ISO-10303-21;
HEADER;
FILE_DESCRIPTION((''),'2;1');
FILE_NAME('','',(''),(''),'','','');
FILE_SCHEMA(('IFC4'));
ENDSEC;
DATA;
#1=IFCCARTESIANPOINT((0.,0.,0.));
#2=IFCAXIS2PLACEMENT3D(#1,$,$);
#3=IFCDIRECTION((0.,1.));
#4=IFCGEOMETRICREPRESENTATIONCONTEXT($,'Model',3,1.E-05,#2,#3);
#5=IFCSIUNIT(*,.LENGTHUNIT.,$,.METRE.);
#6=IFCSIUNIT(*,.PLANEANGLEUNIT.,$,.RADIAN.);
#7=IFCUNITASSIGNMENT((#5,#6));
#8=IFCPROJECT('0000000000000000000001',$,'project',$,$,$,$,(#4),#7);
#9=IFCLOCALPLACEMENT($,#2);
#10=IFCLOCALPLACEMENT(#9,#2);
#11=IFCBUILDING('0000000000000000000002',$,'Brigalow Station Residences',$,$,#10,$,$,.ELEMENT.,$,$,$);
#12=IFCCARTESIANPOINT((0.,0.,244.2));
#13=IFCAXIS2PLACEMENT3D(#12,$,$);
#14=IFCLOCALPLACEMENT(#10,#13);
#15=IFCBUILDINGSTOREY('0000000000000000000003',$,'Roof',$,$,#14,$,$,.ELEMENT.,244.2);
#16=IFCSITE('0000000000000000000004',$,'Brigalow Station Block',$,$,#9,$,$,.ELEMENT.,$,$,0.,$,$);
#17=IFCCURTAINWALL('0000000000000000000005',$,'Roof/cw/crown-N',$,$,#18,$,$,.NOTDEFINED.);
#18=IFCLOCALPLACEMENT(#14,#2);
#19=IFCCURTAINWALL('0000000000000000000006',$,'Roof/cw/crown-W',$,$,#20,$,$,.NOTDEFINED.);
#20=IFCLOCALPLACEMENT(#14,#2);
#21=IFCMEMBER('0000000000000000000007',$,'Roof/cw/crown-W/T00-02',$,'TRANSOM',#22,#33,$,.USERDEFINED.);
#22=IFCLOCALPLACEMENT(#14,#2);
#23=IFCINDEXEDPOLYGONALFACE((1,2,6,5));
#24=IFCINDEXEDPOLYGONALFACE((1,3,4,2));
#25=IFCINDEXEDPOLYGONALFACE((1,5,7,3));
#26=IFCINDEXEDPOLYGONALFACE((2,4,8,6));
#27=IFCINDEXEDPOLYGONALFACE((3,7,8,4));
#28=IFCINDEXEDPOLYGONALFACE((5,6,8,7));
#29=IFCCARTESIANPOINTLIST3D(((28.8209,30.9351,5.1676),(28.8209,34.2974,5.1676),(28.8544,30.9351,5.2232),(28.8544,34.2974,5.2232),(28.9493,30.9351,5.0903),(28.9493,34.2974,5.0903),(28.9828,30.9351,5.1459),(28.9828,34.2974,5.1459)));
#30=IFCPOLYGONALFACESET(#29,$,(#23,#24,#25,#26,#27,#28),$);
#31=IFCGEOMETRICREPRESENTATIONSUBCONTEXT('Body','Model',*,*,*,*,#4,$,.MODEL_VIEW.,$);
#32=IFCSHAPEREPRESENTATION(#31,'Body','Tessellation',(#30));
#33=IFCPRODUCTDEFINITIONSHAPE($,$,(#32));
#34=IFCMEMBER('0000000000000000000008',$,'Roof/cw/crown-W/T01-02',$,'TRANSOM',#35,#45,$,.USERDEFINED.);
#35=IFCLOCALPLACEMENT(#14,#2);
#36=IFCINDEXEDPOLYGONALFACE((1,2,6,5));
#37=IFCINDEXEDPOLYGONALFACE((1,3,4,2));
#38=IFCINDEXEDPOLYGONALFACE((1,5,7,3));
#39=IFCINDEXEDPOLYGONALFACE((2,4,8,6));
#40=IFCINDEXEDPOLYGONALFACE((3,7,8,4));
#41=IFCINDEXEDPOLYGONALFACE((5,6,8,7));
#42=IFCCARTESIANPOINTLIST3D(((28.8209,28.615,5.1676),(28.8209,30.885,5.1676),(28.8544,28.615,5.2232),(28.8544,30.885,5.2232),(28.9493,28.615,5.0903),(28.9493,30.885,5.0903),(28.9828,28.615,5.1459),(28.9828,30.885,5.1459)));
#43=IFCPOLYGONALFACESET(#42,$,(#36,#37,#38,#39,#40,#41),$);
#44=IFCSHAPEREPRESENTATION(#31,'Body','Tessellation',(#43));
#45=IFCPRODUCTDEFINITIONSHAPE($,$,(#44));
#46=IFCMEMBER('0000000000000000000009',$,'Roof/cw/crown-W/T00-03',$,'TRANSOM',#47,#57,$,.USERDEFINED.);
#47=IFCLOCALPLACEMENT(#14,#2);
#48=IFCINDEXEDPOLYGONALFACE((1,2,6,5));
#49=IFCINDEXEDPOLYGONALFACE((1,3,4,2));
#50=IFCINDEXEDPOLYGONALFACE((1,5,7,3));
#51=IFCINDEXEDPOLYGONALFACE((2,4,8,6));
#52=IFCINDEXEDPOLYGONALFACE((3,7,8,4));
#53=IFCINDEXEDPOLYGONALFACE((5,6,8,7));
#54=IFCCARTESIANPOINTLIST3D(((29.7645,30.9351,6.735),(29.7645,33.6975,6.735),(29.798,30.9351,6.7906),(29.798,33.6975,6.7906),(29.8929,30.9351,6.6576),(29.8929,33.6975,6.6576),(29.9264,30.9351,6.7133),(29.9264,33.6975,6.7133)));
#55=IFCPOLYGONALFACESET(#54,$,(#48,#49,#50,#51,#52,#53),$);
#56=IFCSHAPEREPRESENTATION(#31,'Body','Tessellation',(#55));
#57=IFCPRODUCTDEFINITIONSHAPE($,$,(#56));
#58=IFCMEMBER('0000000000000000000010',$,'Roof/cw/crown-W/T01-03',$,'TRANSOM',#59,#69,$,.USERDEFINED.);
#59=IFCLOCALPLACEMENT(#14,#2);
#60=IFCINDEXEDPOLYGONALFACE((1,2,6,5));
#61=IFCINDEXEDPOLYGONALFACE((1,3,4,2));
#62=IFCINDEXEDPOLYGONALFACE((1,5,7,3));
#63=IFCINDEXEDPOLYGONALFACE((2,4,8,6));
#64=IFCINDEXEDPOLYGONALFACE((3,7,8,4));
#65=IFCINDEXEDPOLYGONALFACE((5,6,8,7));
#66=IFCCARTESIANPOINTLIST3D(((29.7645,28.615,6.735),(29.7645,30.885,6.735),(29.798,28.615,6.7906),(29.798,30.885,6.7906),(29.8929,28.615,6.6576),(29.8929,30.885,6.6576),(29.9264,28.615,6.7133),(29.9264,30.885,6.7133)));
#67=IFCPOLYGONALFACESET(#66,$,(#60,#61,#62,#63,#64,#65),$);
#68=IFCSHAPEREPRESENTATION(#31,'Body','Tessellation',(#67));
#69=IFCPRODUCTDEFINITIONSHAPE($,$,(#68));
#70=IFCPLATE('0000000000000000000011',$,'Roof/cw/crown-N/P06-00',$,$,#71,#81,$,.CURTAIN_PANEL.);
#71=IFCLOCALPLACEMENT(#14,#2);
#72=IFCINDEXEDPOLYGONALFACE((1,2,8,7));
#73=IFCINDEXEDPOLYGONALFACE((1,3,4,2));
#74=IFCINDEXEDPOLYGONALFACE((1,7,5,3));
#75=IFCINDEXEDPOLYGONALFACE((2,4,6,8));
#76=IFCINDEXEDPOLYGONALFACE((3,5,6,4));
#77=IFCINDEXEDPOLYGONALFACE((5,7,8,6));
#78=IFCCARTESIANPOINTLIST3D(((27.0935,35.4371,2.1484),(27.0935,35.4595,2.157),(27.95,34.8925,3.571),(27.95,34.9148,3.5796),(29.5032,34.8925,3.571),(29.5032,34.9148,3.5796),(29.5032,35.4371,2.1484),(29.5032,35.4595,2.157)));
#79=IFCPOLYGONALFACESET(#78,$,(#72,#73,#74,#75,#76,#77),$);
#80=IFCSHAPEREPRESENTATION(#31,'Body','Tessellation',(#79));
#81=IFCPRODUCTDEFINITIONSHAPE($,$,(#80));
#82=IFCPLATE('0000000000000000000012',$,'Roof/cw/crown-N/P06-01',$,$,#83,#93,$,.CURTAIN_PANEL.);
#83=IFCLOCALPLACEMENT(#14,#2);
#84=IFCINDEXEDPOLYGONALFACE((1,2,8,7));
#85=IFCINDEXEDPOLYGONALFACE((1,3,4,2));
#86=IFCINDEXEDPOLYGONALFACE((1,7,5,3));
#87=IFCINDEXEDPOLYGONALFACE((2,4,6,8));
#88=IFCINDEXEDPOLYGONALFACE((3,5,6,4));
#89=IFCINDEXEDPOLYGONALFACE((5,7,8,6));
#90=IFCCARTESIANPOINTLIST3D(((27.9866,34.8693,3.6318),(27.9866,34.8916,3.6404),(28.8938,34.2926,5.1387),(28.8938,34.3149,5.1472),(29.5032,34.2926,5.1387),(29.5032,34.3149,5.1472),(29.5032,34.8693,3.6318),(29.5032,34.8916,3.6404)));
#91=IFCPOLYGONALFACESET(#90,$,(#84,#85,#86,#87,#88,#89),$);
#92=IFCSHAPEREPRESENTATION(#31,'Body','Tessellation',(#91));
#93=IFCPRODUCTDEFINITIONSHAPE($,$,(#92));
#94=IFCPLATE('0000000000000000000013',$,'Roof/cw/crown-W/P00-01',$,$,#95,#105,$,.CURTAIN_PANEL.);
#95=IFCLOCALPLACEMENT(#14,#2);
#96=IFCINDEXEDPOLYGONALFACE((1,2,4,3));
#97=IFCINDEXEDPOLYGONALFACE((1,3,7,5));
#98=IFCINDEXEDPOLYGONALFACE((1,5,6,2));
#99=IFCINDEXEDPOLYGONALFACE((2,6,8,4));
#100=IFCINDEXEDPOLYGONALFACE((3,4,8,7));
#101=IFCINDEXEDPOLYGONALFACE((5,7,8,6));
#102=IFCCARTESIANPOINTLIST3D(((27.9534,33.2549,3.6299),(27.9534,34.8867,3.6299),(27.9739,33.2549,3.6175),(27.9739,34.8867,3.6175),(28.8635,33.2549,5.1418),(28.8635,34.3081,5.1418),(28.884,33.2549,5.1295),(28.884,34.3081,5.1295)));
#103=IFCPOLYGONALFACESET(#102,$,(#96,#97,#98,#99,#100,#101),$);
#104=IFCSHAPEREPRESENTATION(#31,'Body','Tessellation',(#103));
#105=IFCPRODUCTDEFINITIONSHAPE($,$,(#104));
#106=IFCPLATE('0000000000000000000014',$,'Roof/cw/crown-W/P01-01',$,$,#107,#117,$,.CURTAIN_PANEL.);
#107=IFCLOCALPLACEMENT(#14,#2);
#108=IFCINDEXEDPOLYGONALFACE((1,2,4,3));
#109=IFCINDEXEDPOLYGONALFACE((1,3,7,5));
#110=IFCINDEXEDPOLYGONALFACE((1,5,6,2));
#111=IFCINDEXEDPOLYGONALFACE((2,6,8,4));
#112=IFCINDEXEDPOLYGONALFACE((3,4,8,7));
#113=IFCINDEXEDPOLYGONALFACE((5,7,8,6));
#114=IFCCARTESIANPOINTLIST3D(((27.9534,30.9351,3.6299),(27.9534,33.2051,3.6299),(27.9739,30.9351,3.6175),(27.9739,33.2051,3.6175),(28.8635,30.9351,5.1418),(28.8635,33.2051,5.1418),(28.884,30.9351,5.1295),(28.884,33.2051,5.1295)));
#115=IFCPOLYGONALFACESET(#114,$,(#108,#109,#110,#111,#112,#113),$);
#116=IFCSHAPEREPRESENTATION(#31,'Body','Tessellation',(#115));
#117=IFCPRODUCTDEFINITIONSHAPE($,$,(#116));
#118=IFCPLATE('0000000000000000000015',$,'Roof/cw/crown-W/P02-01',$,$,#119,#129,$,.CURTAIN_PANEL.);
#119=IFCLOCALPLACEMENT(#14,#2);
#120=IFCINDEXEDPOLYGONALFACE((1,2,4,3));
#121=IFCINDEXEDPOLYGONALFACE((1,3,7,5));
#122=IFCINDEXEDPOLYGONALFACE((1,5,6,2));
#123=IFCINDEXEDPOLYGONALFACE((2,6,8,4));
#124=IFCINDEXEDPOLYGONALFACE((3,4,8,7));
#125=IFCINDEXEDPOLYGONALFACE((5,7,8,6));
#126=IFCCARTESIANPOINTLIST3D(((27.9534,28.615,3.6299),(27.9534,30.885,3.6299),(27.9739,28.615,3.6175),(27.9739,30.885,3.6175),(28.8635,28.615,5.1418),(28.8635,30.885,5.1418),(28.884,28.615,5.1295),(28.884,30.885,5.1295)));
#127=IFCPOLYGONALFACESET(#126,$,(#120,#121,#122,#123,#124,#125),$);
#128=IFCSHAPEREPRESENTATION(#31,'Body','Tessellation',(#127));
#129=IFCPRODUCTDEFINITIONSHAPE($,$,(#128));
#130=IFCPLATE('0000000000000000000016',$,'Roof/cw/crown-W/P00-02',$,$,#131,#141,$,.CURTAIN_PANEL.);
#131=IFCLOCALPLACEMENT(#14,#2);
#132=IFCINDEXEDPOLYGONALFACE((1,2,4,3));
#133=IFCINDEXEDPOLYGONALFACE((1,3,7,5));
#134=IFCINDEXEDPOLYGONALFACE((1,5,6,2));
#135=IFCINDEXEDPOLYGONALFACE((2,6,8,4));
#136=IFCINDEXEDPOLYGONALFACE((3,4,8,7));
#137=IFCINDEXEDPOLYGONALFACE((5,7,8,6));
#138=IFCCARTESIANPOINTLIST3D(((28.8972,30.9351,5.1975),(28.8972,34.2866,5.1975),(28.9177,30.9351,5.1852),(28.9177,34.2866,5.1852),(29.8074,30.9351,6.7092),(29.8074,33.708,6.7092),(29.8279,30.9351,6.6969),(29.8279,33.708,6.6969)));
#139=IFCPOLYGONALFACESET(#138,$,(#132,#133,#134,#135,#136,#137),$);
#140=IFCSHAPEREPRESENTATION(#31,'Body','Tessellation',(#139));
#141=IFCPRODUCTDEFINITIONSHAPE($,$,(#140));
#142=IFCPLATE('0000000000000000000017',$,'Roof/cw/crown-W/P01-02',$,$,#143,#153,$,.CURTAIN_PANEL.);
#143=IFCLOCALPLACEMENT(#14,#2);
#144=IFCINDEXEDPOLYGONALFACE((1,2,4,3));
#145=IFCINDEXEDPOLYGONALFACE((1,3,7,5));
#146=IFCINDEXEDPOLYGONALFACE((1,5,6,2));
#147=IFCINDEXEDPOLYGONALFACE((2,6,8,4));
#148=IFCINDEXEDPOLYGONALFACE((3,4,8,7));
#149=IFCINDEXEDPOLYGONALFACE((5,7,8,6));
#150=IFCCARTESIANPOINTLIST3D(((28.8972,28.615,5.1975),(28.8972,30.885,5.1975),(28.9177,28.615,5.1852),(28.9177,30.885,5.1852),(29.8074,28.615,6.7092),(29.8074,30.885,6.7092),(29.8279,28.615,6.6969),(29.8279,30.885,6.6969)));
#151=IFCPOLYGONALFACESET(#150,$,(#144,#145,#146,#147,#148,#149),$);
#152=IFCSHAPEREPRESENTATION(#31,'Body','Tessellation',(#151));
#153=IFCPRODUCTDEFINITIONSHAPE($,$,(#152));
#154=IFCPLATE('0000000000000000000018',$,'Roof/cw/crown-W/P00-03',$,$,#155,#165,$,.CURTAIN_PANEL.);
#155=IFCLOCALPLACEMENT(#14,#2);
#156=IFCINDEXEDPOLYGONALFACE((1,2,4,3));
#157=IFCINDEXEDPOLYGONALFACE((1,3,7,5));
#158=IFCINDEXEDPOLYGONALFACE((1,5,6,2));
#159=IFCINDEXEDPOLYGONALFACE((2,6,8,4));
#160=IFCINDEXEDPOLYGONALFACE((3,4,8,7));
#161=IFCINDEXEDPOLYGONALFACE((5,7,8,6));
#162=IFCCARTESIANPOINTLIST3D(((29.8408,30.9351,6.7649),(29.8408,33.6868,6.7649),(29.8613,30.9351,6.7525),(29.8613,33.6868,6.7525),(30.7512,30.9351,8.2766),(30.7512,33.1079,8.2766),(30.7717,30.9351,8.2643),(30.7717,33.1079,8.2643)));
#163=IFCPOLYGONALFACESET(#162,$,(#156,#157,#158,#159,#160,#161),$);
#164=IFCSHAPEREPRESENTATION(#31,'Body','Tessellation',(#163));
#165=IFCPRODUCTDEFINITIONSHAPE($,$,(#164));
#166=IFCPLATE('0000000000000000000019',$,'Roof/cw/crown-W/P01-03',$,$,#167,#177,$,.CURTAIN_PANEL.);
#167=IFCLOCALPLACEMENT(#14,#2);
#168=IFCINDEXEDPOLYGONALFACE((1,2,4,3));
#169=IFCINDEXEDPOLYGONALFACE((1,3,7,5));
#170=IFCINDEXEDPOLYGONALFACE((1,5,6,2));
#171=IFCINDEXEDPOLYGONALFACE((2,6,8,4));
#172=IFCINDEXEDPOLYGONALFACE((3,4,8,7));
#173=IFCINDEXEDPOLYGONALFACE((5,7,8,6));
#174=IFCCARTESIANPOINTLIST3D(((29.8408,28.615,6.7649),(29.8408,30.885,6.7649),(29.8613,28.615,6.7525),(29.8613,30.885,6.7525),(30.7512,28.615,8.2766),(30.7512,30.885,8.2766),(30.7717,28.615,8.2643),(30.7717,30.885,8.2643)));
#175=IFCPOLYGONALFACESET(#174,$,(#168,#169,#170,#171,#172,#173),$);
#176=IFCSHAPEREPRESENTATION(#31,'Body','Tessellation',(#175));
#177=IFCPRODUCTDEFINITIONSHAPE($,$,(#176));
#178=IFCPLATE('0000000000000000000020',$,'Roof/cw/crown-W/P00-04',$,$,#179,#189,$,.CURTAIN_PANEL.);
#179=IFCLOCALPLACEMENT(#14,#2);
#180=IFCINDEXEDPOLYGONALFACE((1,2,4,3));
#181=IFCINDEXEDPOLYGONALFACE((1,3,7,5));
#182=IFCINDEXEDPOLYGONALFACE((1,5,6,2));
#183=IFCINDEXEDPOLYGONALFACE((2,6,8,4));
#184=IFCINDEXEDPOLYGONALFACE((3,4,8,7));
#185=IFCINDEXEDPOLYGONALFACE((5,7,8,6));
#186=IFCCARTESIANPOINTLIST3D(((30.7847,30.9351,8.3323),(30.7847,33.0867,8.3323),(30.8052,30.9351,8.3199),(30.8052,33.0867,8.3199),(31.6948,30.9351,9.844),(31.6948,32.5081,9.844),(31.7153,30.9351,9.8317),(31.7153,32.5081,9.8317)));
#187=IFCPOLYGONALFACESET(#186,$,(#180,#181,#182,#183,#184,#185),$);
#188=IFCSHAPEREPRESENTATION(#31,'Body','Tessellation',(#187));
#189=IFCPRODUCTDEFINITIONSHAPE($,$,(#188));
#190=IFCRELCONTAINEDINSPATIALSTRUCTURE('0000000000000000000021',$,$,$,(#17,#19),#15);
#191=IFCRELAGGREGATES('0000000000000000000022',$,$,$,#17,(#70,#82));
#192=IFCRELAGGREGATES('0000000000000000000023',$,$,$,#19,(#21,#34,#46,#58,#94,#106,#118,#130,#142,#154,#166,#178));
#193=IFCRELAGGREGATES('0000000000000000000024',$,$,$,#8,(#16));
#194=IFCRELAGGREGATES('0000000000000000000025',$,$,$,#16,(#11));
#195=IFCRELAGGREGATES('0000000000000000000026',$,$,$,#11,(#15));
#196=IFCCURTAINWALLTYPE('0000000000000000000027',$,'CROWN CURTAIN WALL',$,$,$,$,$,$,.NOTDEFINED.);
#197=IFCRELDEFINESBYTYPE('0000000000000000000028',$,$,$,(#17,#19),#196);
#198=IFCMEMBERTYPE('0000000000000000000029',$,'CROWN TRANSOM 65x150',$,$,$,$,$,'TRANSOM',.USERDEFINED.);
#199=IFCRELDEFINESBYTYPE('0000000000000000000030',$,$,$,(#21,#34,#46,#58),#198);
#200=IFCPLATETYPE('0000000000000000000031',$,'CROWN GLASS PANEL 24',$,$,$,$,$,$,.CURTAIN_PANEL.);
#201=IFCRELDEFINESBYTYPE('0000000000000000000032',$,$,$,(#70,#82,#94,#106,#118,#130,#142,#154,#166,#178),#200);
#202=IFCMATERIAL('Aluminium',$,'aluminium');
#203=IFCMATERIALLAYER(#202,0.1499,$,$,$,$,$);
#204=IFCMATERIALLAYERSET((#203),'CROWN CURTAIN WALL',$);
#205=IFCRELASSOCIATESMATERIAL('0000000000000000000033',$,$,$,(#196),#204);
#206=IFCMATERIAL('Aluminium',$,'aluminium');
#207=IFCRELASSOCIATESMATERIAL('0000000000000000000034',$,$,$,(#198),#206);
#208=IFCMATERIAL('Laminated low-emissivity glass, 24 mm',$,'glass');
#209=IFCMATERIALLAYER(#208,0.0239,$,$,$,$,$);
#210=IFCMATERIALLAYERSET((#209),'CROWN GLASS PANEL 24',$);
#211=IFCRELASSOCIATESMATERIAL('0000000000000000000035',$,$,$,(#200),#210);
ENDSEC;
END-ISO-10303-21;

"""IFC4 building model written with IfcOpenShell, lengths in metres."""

from ifc_helpers import new_model, si_unit, direction, frame, origin, origin_2d, place, context, subcontext, project, spatial, polyline, rectangle, outline, extrude, material, layer, layer_set, material_profile, profile_set, type_object, element, aggregate, save


model = new_model("IFC4")

# Units and contexts
model_context = context("Model", 3, precision=1e-05, world=origin(), true_north=direction((0.0, 1.0)))
body_context = subcontext(model_context, "Body", "Model", "MODEL_VIEW")
ifc_project = project(units=[si_unit("LENGTHUNIT", "METRE"), si_unit("PLANEANGLEUNIT", "RADIAN")], contexts=[model_context])

# Site, building, storey
site_placement = place(None, origin())
site = spatial("IfcSite", under=ifc_project, at=site_placement, Name="Brigalow Station Block", CompositionType="ELEMENT", RefElevation=0.0)
building_placement = place(site_placement, origin())
building = spatial("IfcBuilding", under=site, at=building_placement, Name="Brigalow Station Residences", CompositionType="ELEMENT")
storey_placement = place(building_placement, frame((0.0, 0.0, 244.2)))
storey = spatial("IfcBuildingStorey", under=building, at=storey_placement, Name="Roof", CompositionType="ELEMENT", Elevation=244.2)

# Curtain walls, members
ifc_material_1 = material(Name="Aluminium", Category="aluminium")
ifc_layer_1 = layer(ifc_material_1, 0.1499)
ifc_layer_set_1 = layer_set([ifc_layer_1], Name="CROWN CURTAIN WALL")
curtain_wall_type = type_object("IfcCurtainWallType", Name="CROWN CURTAIN WALL", PredefinedType="NOTDEFINED", material=ifc_layer_set_1)
curtain_wall_1_placement = place(storey_placement, origin())
curtain_wall_1 = element("IfcCurtainWall", 1, at=curtain_wall_1_placement, inside=storey, type_object=curtain_wall_type, Name="Roof/cw/crown-N", PredefinedType="NOTDEFINED")
ifc_material_2 = material(Name="Aluminium", Category="aluminium")
ifc_material_profile_1 = material_profile(ifc_material_2, rectangle(XDim=0.0649, YDim=0.1499, at=origin_2d()), Name="CROWN TRANSOM 65x150")
ifc_profile_set_1 = profile_set([ifc_material_profile_1], Name="Aluminium")
member_type_1 = type_object("IfcMemberType", Name="CROWN TRANSOM 65x150", ElementType="TRANSOM", PredefinedType="USERDEFINED", material=ifc_profile_set_1)
curtain_wall_2_placement = place(storey_placement, origin())
curtain_wall_2 = element("IfcCurtainWall", 2, at=curtain_wall_2_placement, inside=storey, type_object=curtain_wall_type, Name="Roof/cw/crown-W", PredefinedType="NOTDEFINED")
member_1_placement = place(storey_placement, frame((28.9019, 34.2974, 5.1567), z_axis=(0.0, -1.0, 0.0), x_axis=(0.515813, 0.0, 0.856701)))
member_1 = element("IfcMember", 3, at=member_1_placement, type_object=member_type_1, Name="Roof/cw/crown-W/T00-02", ObjectType="TRANSOM", PredefinedType="USERDEFINED", context=body_context, shape_type="SweptSolid", body=[
    extrude(rectangle(XDim=0.0649, YDim=0.1499, at=origin_2d()), origin(), (0.0, 0.0, 1.0), 3.3623),
])
member_2_placement = place(storey_placement, frame((28.9019, 30.885, 5.1567), z_axis=(0.0, -1.0, 0.0), x_axis=(0.515813, 0.0, 0.856701)))
member_2 = element("IfcMember", 4, at=member_2_placement, type_object=member_type_1, Name="Roof/cw/crown-W/T01-02", ObjectType="TRANSOM", PredefinedType="USERDEFINED", context=body_context, shape_type="SweptSolid", body=[
    extrude(rectangle(XDim=0.0649, YDim=0.1499, at=origin_2d()), origin(), (0.0, 0.0, 1.0), 2.27),
])
member_3_placement = place(storey_placement, frame((29.8455, 33.6975, 6.7241), z_axis=(0.0, -1.0, 0.0), x_axis=(0.515813, 0.0, 0.856701)))
member_3 = element("IfcMember", 5, at=member_3_placement, type_object=member_type_1, Name="Roof/cw/crown-W/T00-03", ObjectType="TRANSOM", PredefinedType="USERDEFINED", context=body_context, shape_type="SweptSolid", body=[
    extrude(rectangle(XDim=0.0649, YDim=0.1499, at=origin_2d()), origin(), (0.0, 0.0, 1.0), 2.7625),
])
member_4_placement = place(storey_placement, frame((29.8455, 30.885, 6.7241), z_axis=(0.0, -1.0, 0.0), x_axis=(0.515813, 0.0, 0.856701)))
member_4 = element("IfcMember", 6, at=member_4_placement, type_object=member_type_1, Name="Roof/cw/crown-W/T01-03", ObjectType="TRANSOM", PredefinedType="USERDEFINED", context=body_context, shape_type="SweptSolid", body=[
    extrude(rectangle(XDim=0.0649, YDim=0.1499, at=origin_2d()), origin(), (0.0, 0.0, 1.0), 2.27),
])

# Plates
ifc_material_3 = material(Name="Laminated low-emissivity glass, 24 mm", Category="glass")
ifc_layer_2 = layer(ifc_material_3, 0.0239)
ifc_layer_set_2 = layer_set([ifc_layer_2], Name="CROWN GLASS PANEL 24")
plate_type = type_object("IfcPlateType", Name="CROWN GLASS PANEL 24", PredefinedType="CURTAIN_PANEL", material=ifc_layer_set_2)
plate_1_placement = place(storey_placement, frame((29.5032, 35.4595, 2.157), z_axis=(0.0, 0.93389, 0.357561), x_axis=(-1.0, 0.0, 0.0)))
plate_1 = element("IfcPlate", 7, at=plate_1_placement, type_object=plate_type, Name="Roof/cw/crown-N/P06-00", PredefinedType="CURTAIN_PANEL", context=body_context, shape_type="SweptSolid", body=[
    extrude(outline(polyline([(0.0, 0.0), (2.4097, 0.0), (1.5532, 1.5233), (0.0, 1.5233), (0.0, 0.0)])), origin(), (0.0, 0.0, -1.0), 0.0239),
])
plate_2_placement = place(storey_placement, frame((29.5032, 34.8916, 3.6404), z_axis=(0.0, 0.933945, 0.357417), x_axis=(-1.0, 0.0, 0.0)))
plate_2 = element("IfcPlate", 8, at=plate_2_placement, type_object=plate_type, Name="Roof/cw/crown-N/P06-01", PredefinedType="CURTAIN_PANEL", context=body_context, shape_type="SweptSolid", body=[
    extrude(outline(polyline([(0.0, 0.0), (1.5166, 0.0), (0.6094, 1.6134), (0.0, 1.6134), (0.0, 0.0)])), origin(), (0.0, 0.0, -1.0), 0.0239),
])
aggregate(curtain_wall_1, [plate_1, plate_2])
plate_3_placement = place(storey_placement, frame((27.9534, 34.8867, 3.6299), z_axis=(-0.856747, 0.0, 0.515736), x_axis=(0.0, -1.0, 0.0)))
plate_3 = element("IfcPlate", 9, at=plate_3_placement, type_object=plate_type, Name="Roof/cw/crown-W/P00-01", PredefinedType="CURTAIN_PANEL", context=body_context, shape_type="SweptSolid", body=[
    extrude(outline(polyline([(0.0, 0.0), (1.6318, 0.0), (1.6318, 1.7648), (0.5786, 1.7648), (0.0, 0.0)])), origin(), (0.0, 0.0, -1.0), 0.0239),
])
plate_4_placement = place(storey_placement, frame((27.9534, 33.2051, 3.6299), z_axis=(-0.856747, 0.0, 0.515736), x_axis=(0.0, -1.0, 0.0)))
plate_4 = element("IfcPlate", 10, at=plate_4_placement, type_object=plate_type, Name="Roof/cw/crown-W/P01-01", PredefinedType="CURTAIN_PANEL", context=body_context, shape_type="SweptSolid", body=[
    extrude(outline(polyline([(0.0, 0.0), (2.27, 0.0), (2.27, 1.7648), (0.0, 1.7648), (0.0, 0.0)])), origin(), (0.0, 0.0, -1.0), 0.0239),
])
plate_5_placement = place(storey_placement, frame((27.9534, 30.885, 3.6299), z_axis=(-0.856747, 0.0, 0.515736), x_axis=(0.0, -1.0, 0.0)))
plate_5 = element("IfcPlate", 11, at=plate_5_placement, type_object=plate_type, Name="Roof/cw/crown-W/P02-01", PredefinedType="CURTAIN_PANEL", context=body_context, shape_type="SweptSolid", body=[
    extrude(outline(polyline([(0.0, 0.0), (2.27, 0.0), (2.27, 1.7648), (0.0, 1.7648), (0.0, 0.0)])), origin(), (0.0, 0.0, -1.0), 0.0239),
])
plate_6_placement = place(storey_placement, frame((28.8972, 34.2866, 5.1975), z_axis=(-0.856711, 0.0, 0.515797), x_axis=(0.0, -1.0, 0.0)))
plate_6 = element("IfcPlate", 12, at=plate_6_placement, type_object=plate_type, Name="Roof/cw/crown-W/P00-02", PredefinedType="CURTAIN_PANEL", context=body_context, shape_type="SweptSolid", body=[
    extrude(outline(polyline([(0.0, 0.0), (3.3516, 0.0), (3.3516, 1.7646), (0.5786, 1.7646), (0.0, 0.0)])), origin(), (0.0, 0.0, -1.0), 0.0239),
])
plate_7_placement = place(storey_placement, frame((28.8972, 30.885, 5.1975), z_axis=(-0.856711, 0.0, 0.515797), x_axis=(0.0, -1.0, 0.0)))
plate_7 = element("IfcPlate", 13, at=plate_7_placement, type_object=plate_type, Name="Roof/cw/crown-W/P01-02", PredefinedType="CURTAIN_PANEL", context=body_context, shape_type="SweptSolid", body=[
    extrude(outline(polyline([(0.0, 0.0), (2.27, 0.0), (2.27, 1.7646), (0.0, 1.7646), (0.0, 0.0)])), origin(), (0.0, 0.0, -1.0), 0.0239),
])
plate_8_placement = place(storey_placement, frame((29.8408, 33.6868, 6.7649), z_axis=(-0.856649, 0.0, 0.515899), x_axis=(0.0, -1.0, 0.0)))
plate_8 = element("IfcPlate", 14, at=plate_8_placement, type_object=plate_type, Name="Roof/cw/crown-W/P00-03", PredefinedType="CURTAIN_PANEL", context=body_context, shape_type="SweptSolid", body=[
    extrude(outline(polyline([(0.0, 0.0), (2.7517, 0.0), (2.7517, 1.7647), (0.5789, 1.7647), (0.0, 0.0)])), origin(), (0.0, 0.0, -1.0), 0.0239),
])
plate_9_placement = place(storey_placement, frame((29.8408, 30.885, 6.7649), z_axis=(-0.856649, 0.0, 0.515899), x_axis=(0.0, -1.0, 0.0)))
plate_9 = element("IfcPlate", 15, at=plate_9_placement, type_object=plate_type, Name="Roof/cw/crown-W/P01-03", PredefinedType="CURTAIN_PANEL", context=body_context, shape_type="SweptSolid", body=[
    extrude(outline(polyline([(0.0, 0.0), (2.27, 0.0), (2.27, 1.7647), (0.0, 1.7647), (0.0, 0.0)])), origin(), (0.0, 0.0, -1.0), 0.0239),
])
plate_10_placement = place(storey_placement, frame((30.7847, 33.0867, 8.3323), z_axis=(-0.856711, 0.0, 0.515797), x_axis=(0.0, -1.0, 0.0)))
plate_10 = element("IfcPlate", 16, at=plate_10_placement, type_object=plate_type, Name="Roof/cw/crown-W/P00-04", PredefinedType="CURTAIN_PANEL", context=body_context, shape_type="SweptSolid", body=[
    extrude(outline(polyline([(0.0, 0.0), (2.1516, 0.0), (2.1516, 1.7646), (0.5786, 1.7646), (0.0, 0.0)])), origin(), (0.0, 0.0, -1.0), 0.0239),
])
aggregate(curtain_wall_2, [member_1, member_2, member_3, member_4, plate_3, plate_4, plate_5, plate_6, plate_7, plate_8, plate_9, plate_10])

save(model, "model.ifc")
